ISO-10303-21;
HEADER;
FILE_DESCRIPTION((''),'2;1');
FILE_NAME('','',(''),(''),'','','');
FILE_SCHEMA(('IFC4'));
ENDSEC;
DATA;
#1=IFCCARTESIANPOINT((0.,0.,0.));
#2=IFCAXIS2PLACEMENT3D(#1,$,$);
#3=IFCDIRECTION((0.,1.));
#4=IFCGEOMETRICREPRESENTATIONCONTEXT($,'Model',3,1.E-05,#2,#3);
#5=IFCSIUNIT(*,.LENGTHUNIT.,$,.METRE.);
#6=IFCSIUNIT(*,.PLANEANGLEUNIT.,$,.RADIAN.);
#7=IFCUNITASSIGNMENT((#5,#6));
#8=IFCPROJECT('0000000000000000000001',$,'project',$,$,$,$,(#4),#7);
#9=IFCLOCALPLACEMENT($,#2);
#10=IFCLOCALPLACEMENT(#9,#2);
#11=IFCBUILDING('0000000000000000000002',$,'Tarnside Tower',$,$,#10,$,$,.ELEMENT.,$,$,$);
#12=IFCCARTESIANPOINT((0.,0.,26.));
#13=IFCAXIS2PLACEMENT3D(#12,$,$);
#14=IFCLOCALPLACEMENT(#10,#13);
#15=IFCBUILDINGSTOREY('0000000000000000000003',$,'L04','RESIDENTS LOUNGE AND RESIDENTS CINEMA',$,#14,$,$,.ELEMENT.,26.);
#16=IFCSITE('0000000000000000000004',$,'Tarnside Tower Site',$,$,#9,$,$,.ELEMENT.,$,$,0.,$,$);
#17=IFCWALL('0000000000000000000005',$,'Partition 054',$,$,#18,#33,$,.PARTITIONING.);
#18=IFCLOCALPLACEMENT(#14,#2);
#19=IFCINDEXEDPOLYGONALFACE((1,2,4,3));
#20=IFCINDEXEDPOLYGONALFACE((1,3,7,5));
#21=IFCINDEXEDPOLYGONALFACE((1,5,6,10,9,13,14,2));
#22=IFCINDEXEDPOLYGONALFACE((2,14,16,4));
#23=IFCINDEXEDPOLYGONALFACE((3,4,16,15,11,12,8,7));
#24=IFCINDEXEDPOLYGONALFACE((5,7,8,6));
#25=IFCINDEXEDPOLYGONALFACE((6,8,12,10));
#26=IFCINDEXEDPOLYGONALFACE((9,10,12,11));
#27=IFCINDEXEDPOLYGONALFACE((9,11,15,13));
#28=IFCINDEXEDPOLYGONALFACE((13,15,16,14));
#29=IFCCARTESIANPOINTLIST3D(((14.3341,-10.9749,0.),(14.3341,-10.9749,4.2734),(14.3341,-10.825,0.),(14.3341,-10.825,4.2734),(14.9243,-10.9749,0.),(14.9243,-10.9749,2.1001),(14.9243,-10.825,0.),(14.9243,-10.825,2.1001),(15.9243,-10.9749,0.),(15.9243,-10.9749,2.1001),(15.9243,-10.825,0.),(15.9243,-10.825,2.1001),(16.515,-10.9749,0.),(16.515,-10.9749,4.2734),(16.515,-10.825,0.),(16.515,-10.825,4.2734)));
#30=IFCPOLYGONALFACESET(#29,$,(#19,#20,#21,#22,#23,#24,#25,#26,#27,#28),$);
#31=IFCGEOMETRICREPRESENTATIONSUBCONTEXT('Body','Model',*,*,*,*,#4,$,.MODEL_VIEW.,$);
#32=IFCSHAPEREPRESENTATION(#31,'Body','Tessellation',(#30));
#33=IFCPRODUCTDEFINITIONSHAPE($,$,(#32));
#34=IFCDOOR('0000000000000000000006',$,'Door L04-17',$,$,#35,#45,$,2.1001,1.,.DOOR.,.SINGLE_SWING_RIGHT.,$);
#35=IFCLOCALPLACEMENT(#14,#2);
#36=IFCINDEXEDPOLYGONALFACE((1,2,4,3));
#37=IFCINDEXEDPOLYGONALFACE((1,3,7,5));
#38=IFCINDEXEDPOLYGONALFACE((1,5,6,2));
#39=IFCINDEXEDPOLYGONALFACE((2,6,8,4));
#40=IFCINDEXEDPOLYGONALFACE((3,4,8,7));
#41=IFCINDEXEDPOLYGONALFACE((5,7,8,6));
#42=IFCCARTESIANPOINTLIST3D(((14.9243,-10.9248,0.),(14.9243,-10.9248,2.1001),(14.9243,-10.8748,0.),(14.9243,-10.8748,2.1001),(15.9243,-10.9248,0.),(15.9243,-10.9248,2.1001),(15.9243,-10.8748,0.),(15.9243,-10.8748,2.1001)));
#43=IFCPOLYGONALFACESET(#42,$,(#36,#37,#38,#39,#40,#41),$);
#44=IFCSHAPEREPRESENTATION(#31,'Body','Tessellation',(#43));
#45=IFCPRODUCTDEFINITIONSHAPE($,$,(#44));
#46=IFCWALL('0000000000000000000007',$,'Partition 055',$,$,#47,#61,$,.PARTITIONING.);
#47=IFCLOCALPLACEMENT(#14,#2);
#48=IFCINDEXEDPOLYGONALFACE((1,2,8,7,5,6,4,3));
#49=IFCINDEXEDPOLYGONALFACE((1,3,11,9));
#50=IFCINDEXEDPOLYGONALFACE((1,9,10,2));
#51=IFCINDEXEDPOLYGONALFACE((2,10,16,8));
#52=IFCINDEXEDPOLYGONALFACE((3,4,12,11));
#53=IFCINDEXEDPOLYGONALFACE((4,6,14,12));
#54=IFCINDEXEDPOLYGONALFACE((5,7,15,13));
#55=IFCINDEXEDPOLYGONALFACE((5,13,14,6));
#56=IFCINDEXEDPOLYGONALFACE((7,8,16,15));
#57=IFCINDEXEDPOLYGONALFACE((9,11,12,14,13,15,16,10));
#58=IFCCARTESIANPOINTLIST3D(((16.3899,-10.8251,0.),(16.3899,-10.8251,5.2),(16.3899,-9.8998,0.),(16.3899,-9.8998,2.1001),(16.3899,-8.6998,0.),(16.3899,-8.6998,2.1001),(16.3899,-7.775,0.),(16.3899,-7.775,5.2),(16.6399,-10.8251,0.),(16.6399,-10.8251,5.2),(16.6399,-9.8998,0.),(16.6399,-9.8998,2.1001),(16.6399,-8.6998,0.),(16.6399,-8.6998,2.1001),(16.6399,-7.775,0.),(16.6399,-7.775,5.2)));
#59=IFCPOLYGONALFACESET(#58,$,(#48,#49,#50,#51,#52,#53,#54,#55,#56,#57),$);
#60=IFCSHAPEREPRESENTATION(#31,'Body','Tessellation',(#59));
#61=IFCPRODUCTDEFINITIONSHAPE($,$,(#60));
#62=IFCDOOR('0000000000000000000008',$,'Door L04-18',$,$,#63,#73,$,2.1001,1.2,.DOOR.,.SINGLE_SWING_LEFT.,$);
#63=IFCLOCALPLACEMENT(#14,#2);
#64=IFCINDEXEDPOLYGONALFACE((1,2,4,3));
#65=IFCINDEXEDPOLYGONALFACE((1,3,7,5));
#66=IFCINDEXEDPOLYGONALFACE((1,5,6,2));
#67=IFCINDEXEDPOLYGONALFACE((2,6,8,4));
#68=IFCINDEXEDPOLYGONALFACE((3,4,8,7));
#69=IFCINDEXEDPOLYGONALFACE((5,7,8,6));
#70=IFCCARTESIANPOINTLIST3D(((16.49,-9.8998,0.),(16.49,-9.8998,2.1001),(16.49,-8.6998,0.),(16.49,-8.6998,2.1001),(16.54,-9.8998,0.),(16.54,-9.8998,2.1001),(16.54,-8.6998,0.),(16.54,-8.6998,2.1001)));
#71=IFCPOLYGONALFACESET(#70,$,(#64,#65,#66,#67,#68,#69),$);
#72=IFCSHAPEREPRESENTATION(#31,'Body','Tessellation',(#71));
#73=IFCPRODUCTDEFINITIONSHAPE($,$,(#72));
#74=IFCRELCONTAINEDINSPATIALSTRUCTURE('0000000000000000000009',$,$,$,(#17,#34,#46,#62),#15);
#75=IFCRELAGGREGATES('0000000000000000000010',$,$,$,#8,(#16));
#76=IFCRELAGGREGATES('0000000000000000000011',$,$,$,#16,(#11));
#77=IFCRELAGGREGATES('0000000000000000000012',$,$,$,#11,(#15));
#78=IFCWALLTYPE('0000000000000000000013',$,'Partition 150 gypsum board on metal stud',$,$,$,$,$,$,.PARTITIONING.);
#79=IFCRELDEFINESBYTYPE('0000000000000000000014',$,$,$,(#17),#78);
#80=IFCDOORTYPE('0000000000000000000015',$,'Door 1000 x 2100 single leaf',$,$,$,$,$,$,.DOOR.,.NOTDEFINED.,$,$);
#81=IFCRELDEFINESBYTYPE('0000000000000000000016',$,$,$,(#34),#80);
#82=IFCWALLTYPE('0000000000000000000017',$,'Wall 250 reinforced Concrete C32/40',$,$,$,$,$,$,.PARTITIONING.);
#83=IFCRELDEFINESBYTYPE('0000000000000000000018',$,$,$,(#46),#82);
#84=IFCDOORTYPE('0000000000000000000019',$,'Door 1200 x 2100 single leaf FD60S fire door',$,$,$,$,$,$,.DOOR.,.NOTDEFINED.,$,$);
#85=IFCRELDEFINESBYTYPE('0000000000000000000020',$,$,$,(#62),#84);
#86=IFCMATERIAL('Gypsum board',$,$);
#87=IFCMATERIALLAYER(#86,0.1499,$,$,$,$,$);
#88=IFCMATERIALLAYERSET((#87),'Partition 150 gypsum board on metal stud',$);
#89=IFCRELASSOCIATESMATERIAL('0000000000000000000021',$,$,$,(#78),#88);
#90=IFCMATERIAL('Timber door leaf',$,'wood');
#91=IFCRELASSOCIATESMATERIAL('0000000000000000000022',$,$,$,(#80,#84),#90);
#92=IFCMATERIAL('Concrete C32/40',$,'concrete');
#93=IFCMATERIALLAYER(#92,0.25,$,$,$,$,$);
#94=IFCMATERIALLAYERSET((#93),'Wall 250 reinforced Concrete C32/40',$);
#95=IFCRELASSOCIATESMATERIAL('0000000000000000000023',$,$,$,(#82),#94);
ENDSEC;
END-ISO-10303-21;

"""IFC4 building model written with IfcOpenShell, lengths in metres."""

from ifc_helpers import new_model, si_unit, direction, frame, frame_2d, origin, place, context, subcontext, project, spatial, rectangle, extrude, material, layer, layer_set, type_object, element, fill, save


model = new_model("IFC4")

# Units and contexts
model_context = context("Model", 3, precision=1e-05, world=origin(), true_north=direction((0.0, 1.0)))
body_context = subcontext(model_context, "Body", "Model", "MODEL_VIEW")
ifc_project = project(units=[si_unit("LENGTHUNIT", "METRE"), si_unit("PLANEANGLEUNIT", "RADIAN")], contexts=[model_context])

# Site, building, storey
site_placement = place(None, origin())
site = spatial("IfcSite", under=ifc_project, at=site_placement, Name="Tarnside Tower Site", CompositionType="ELEMENT", RefElevation=0.0)
building_placement = place(site_placement, origin())
building = spatial("IfcBuilding", under=site, at=building_placement, Name="Tarnside Tower", CompositionType="ELEMENT")
storey_placement = place(building_placement, frame((0.0, 0.0, 26.0)))
storey = spatial("IfcBuildingStorey", under=building, at=storey_placement, Name="L04", Description="RESIDENTS LOUNGE AND RESIDENTS CINEMA", CompositionType="ELEMENT", Elevation=26.0)

# Shared definitions
ifc_material_1 = material(Name="Gypsum board")
ifc_layer_1 = layer(ifc_material_1, 0.1499)
ifc_layer_set_1 = layer_set([ifc_layer_1], Name="Partition 150 gypsum board on metal stud")
wall_type_1 = type_object("IfcWallType", Name="Partition 150 gypsum board on metal stud", PredefinedType="PARTITIONING", material=ifc_layer_set_1)
ifc_material_2 = material(Name="Timber door leaf", Category="wood")

# Shared definitions
door_type_1 = type_object("IfcDoorType", Name="Door 1000 x 2100 single leaf", OperationType="NOTDEFINED", PredefinedType="DOOR", material=ifc_material_2)

# Walls, openings, doors
wall_1_placement = place(storey_placement, frame((16.5149, -10.8999, 0.0), z_axis=(0.0, 0.0, 1.0), x_axis=(-1.0, 0.0, 0.0)))
wall_1 = element("IfcWall", 1, at=wall_1_placement, inside=storey, type_object=wall_type_1, Name="Partition 054", PredefinedType="PARTITIONING", context=body_context, shape_type="SweptSolid", body=[
    extrude(rectangle(XDim=2.1809, YDim=0.1499, at=frame_2d((1.0903, 0.0))), origin(), (0.0, 0.0, 1.0), 4.2734),
])
opening_1_placement = place(wall_1_placement, frame((0.5906, 0.0, 0.0)))
opening_1 = element("IfcOpeningElement", 2, at=opening_1_placement, cuts=wall_1, PredefinedType="OPENING", context=body_context, shape_type="SweptSolid", body=[
    extrude(rectangle(XDim=1.0, YDim=2.1001, at=frame_2d((0.5, 1.05))), frame((0.0, 0.085, 0.0), z_axis=(0.0, -1.0, 0.0), x_axis=(1.0, 0.0, 0.0)), (0.0, 0.0, 1.0), 0.1699),
])
door_1_placement = place(opening_1_placement, origin())
door_1 = element("IfcDoor", 3, at=door_1_placement, inside=storey, type_object=door_type_1, Name="Door L04-17", OperationType="SINGLE_SWING_RIGHT", OverallHeight=2.1001, OverallWidth=1.0, PredefinedType="DOOR", context=body_context, shape_type="SweptSolid", body=[
    extrude(rectangle(XDim=1.0, YDim=2.1001, at=frame_2d((0.5, 1.05))), frame((0.0, 0.0249, 0.0), z_axis=(0.0, -1.0, 0.0), x_axis=(1.0, 0.0, 0.0)), (0.0, 0.0, 1.0), 0.05),
])
fill(opening_1, door_1)
ifc_material_3 = material(Name="Concrete C32/40", Category="concrete")
ifc_layer_2 = layer(ifc_material_3, 0.25)
ifc_layer_set_2 = layer_set([ifc_layer_2], Name="Wall 250 reinforced Concrete C32/40")
wall_type_2 = type_object("IfcWallType", Name="Wall 250 reinforced Concrete C32/40", PredefinedType="PARTITIONING", material=ifc_layer_set_2)
wall_2_placement = place(storey_placement, frame((16.5149, -10.825, 0.0), z_axis=(0.0, 0.0, 1.0), x_axis=(0.0, 1.0, 0.0)))
wall_2 = element("IfcWall", 4, at=wall_2_placement, inside=storey, type_object=wall_type_2, Name="Partition 055", PredefinedType="PARTITIONING", context=body_context, shape_type="SweptSolid", body=[
    extrude(rectangle(XDim=3.05, YDim=0.25, at=frame_2d((1.5249, 0.0))), origin(), (0.0, 0.0, 1.0), 5.2),
])
opening_2_placement = place(wall_2_placement, frame((0.925, 0.0, 0.0)))
opening_2 = element("IfcOpeningElement", 5, at=opening_2_placement, cuts=wall_2, PredefinedType="OPENING", context=body_context, shape_type="SweptSolid", body=[
    extrude(rectangle(XDim=1.2, YDim=2.1001, at=frame_2d((0.6001, 1.05))), frame((0.0, 0.135, 0.0), z_axis=(0.0, -1.0, 0.0), x_axis=(1.0, 0.0, 0.0)), (0.0, 0.0, 1.0), 0.27),
])
door_type_2 = type_object("IfcDoorType", Name="Door 1200 x 2100 single leaf FD60S fire door", OperationType="NOTDEFINED", PredefinedType="DOOR", material=ifc_material_2)
door_2_placement = place(opening_2_placement, origin())
door_2 = element("IfcDoor", 6, at=door_2_placement, inside=storey, type_object=door_type_2, Name="Door L04-18", OperationType="SINGLE_SWING_LEFT", OverallHeight=2.1001, OverallWidth=1.2, PredefinedType="DOOR", context=body_context, shape_type="SweptSolid", body=[
    extrude(rectangle(XDim=1.2, YDim=2.1001, at=frame_2d((0.6001, 1.05))), frame((0.0, 0.0249, 0.0), z_axis=(0.0, -1.0, 0.0), x_axis=(1.0, 0.0, 0.0)), (0.0, 0.0, 1.0), 0.05),
])
fill(opening_2, door_2)

save(model, "model.ifc")
